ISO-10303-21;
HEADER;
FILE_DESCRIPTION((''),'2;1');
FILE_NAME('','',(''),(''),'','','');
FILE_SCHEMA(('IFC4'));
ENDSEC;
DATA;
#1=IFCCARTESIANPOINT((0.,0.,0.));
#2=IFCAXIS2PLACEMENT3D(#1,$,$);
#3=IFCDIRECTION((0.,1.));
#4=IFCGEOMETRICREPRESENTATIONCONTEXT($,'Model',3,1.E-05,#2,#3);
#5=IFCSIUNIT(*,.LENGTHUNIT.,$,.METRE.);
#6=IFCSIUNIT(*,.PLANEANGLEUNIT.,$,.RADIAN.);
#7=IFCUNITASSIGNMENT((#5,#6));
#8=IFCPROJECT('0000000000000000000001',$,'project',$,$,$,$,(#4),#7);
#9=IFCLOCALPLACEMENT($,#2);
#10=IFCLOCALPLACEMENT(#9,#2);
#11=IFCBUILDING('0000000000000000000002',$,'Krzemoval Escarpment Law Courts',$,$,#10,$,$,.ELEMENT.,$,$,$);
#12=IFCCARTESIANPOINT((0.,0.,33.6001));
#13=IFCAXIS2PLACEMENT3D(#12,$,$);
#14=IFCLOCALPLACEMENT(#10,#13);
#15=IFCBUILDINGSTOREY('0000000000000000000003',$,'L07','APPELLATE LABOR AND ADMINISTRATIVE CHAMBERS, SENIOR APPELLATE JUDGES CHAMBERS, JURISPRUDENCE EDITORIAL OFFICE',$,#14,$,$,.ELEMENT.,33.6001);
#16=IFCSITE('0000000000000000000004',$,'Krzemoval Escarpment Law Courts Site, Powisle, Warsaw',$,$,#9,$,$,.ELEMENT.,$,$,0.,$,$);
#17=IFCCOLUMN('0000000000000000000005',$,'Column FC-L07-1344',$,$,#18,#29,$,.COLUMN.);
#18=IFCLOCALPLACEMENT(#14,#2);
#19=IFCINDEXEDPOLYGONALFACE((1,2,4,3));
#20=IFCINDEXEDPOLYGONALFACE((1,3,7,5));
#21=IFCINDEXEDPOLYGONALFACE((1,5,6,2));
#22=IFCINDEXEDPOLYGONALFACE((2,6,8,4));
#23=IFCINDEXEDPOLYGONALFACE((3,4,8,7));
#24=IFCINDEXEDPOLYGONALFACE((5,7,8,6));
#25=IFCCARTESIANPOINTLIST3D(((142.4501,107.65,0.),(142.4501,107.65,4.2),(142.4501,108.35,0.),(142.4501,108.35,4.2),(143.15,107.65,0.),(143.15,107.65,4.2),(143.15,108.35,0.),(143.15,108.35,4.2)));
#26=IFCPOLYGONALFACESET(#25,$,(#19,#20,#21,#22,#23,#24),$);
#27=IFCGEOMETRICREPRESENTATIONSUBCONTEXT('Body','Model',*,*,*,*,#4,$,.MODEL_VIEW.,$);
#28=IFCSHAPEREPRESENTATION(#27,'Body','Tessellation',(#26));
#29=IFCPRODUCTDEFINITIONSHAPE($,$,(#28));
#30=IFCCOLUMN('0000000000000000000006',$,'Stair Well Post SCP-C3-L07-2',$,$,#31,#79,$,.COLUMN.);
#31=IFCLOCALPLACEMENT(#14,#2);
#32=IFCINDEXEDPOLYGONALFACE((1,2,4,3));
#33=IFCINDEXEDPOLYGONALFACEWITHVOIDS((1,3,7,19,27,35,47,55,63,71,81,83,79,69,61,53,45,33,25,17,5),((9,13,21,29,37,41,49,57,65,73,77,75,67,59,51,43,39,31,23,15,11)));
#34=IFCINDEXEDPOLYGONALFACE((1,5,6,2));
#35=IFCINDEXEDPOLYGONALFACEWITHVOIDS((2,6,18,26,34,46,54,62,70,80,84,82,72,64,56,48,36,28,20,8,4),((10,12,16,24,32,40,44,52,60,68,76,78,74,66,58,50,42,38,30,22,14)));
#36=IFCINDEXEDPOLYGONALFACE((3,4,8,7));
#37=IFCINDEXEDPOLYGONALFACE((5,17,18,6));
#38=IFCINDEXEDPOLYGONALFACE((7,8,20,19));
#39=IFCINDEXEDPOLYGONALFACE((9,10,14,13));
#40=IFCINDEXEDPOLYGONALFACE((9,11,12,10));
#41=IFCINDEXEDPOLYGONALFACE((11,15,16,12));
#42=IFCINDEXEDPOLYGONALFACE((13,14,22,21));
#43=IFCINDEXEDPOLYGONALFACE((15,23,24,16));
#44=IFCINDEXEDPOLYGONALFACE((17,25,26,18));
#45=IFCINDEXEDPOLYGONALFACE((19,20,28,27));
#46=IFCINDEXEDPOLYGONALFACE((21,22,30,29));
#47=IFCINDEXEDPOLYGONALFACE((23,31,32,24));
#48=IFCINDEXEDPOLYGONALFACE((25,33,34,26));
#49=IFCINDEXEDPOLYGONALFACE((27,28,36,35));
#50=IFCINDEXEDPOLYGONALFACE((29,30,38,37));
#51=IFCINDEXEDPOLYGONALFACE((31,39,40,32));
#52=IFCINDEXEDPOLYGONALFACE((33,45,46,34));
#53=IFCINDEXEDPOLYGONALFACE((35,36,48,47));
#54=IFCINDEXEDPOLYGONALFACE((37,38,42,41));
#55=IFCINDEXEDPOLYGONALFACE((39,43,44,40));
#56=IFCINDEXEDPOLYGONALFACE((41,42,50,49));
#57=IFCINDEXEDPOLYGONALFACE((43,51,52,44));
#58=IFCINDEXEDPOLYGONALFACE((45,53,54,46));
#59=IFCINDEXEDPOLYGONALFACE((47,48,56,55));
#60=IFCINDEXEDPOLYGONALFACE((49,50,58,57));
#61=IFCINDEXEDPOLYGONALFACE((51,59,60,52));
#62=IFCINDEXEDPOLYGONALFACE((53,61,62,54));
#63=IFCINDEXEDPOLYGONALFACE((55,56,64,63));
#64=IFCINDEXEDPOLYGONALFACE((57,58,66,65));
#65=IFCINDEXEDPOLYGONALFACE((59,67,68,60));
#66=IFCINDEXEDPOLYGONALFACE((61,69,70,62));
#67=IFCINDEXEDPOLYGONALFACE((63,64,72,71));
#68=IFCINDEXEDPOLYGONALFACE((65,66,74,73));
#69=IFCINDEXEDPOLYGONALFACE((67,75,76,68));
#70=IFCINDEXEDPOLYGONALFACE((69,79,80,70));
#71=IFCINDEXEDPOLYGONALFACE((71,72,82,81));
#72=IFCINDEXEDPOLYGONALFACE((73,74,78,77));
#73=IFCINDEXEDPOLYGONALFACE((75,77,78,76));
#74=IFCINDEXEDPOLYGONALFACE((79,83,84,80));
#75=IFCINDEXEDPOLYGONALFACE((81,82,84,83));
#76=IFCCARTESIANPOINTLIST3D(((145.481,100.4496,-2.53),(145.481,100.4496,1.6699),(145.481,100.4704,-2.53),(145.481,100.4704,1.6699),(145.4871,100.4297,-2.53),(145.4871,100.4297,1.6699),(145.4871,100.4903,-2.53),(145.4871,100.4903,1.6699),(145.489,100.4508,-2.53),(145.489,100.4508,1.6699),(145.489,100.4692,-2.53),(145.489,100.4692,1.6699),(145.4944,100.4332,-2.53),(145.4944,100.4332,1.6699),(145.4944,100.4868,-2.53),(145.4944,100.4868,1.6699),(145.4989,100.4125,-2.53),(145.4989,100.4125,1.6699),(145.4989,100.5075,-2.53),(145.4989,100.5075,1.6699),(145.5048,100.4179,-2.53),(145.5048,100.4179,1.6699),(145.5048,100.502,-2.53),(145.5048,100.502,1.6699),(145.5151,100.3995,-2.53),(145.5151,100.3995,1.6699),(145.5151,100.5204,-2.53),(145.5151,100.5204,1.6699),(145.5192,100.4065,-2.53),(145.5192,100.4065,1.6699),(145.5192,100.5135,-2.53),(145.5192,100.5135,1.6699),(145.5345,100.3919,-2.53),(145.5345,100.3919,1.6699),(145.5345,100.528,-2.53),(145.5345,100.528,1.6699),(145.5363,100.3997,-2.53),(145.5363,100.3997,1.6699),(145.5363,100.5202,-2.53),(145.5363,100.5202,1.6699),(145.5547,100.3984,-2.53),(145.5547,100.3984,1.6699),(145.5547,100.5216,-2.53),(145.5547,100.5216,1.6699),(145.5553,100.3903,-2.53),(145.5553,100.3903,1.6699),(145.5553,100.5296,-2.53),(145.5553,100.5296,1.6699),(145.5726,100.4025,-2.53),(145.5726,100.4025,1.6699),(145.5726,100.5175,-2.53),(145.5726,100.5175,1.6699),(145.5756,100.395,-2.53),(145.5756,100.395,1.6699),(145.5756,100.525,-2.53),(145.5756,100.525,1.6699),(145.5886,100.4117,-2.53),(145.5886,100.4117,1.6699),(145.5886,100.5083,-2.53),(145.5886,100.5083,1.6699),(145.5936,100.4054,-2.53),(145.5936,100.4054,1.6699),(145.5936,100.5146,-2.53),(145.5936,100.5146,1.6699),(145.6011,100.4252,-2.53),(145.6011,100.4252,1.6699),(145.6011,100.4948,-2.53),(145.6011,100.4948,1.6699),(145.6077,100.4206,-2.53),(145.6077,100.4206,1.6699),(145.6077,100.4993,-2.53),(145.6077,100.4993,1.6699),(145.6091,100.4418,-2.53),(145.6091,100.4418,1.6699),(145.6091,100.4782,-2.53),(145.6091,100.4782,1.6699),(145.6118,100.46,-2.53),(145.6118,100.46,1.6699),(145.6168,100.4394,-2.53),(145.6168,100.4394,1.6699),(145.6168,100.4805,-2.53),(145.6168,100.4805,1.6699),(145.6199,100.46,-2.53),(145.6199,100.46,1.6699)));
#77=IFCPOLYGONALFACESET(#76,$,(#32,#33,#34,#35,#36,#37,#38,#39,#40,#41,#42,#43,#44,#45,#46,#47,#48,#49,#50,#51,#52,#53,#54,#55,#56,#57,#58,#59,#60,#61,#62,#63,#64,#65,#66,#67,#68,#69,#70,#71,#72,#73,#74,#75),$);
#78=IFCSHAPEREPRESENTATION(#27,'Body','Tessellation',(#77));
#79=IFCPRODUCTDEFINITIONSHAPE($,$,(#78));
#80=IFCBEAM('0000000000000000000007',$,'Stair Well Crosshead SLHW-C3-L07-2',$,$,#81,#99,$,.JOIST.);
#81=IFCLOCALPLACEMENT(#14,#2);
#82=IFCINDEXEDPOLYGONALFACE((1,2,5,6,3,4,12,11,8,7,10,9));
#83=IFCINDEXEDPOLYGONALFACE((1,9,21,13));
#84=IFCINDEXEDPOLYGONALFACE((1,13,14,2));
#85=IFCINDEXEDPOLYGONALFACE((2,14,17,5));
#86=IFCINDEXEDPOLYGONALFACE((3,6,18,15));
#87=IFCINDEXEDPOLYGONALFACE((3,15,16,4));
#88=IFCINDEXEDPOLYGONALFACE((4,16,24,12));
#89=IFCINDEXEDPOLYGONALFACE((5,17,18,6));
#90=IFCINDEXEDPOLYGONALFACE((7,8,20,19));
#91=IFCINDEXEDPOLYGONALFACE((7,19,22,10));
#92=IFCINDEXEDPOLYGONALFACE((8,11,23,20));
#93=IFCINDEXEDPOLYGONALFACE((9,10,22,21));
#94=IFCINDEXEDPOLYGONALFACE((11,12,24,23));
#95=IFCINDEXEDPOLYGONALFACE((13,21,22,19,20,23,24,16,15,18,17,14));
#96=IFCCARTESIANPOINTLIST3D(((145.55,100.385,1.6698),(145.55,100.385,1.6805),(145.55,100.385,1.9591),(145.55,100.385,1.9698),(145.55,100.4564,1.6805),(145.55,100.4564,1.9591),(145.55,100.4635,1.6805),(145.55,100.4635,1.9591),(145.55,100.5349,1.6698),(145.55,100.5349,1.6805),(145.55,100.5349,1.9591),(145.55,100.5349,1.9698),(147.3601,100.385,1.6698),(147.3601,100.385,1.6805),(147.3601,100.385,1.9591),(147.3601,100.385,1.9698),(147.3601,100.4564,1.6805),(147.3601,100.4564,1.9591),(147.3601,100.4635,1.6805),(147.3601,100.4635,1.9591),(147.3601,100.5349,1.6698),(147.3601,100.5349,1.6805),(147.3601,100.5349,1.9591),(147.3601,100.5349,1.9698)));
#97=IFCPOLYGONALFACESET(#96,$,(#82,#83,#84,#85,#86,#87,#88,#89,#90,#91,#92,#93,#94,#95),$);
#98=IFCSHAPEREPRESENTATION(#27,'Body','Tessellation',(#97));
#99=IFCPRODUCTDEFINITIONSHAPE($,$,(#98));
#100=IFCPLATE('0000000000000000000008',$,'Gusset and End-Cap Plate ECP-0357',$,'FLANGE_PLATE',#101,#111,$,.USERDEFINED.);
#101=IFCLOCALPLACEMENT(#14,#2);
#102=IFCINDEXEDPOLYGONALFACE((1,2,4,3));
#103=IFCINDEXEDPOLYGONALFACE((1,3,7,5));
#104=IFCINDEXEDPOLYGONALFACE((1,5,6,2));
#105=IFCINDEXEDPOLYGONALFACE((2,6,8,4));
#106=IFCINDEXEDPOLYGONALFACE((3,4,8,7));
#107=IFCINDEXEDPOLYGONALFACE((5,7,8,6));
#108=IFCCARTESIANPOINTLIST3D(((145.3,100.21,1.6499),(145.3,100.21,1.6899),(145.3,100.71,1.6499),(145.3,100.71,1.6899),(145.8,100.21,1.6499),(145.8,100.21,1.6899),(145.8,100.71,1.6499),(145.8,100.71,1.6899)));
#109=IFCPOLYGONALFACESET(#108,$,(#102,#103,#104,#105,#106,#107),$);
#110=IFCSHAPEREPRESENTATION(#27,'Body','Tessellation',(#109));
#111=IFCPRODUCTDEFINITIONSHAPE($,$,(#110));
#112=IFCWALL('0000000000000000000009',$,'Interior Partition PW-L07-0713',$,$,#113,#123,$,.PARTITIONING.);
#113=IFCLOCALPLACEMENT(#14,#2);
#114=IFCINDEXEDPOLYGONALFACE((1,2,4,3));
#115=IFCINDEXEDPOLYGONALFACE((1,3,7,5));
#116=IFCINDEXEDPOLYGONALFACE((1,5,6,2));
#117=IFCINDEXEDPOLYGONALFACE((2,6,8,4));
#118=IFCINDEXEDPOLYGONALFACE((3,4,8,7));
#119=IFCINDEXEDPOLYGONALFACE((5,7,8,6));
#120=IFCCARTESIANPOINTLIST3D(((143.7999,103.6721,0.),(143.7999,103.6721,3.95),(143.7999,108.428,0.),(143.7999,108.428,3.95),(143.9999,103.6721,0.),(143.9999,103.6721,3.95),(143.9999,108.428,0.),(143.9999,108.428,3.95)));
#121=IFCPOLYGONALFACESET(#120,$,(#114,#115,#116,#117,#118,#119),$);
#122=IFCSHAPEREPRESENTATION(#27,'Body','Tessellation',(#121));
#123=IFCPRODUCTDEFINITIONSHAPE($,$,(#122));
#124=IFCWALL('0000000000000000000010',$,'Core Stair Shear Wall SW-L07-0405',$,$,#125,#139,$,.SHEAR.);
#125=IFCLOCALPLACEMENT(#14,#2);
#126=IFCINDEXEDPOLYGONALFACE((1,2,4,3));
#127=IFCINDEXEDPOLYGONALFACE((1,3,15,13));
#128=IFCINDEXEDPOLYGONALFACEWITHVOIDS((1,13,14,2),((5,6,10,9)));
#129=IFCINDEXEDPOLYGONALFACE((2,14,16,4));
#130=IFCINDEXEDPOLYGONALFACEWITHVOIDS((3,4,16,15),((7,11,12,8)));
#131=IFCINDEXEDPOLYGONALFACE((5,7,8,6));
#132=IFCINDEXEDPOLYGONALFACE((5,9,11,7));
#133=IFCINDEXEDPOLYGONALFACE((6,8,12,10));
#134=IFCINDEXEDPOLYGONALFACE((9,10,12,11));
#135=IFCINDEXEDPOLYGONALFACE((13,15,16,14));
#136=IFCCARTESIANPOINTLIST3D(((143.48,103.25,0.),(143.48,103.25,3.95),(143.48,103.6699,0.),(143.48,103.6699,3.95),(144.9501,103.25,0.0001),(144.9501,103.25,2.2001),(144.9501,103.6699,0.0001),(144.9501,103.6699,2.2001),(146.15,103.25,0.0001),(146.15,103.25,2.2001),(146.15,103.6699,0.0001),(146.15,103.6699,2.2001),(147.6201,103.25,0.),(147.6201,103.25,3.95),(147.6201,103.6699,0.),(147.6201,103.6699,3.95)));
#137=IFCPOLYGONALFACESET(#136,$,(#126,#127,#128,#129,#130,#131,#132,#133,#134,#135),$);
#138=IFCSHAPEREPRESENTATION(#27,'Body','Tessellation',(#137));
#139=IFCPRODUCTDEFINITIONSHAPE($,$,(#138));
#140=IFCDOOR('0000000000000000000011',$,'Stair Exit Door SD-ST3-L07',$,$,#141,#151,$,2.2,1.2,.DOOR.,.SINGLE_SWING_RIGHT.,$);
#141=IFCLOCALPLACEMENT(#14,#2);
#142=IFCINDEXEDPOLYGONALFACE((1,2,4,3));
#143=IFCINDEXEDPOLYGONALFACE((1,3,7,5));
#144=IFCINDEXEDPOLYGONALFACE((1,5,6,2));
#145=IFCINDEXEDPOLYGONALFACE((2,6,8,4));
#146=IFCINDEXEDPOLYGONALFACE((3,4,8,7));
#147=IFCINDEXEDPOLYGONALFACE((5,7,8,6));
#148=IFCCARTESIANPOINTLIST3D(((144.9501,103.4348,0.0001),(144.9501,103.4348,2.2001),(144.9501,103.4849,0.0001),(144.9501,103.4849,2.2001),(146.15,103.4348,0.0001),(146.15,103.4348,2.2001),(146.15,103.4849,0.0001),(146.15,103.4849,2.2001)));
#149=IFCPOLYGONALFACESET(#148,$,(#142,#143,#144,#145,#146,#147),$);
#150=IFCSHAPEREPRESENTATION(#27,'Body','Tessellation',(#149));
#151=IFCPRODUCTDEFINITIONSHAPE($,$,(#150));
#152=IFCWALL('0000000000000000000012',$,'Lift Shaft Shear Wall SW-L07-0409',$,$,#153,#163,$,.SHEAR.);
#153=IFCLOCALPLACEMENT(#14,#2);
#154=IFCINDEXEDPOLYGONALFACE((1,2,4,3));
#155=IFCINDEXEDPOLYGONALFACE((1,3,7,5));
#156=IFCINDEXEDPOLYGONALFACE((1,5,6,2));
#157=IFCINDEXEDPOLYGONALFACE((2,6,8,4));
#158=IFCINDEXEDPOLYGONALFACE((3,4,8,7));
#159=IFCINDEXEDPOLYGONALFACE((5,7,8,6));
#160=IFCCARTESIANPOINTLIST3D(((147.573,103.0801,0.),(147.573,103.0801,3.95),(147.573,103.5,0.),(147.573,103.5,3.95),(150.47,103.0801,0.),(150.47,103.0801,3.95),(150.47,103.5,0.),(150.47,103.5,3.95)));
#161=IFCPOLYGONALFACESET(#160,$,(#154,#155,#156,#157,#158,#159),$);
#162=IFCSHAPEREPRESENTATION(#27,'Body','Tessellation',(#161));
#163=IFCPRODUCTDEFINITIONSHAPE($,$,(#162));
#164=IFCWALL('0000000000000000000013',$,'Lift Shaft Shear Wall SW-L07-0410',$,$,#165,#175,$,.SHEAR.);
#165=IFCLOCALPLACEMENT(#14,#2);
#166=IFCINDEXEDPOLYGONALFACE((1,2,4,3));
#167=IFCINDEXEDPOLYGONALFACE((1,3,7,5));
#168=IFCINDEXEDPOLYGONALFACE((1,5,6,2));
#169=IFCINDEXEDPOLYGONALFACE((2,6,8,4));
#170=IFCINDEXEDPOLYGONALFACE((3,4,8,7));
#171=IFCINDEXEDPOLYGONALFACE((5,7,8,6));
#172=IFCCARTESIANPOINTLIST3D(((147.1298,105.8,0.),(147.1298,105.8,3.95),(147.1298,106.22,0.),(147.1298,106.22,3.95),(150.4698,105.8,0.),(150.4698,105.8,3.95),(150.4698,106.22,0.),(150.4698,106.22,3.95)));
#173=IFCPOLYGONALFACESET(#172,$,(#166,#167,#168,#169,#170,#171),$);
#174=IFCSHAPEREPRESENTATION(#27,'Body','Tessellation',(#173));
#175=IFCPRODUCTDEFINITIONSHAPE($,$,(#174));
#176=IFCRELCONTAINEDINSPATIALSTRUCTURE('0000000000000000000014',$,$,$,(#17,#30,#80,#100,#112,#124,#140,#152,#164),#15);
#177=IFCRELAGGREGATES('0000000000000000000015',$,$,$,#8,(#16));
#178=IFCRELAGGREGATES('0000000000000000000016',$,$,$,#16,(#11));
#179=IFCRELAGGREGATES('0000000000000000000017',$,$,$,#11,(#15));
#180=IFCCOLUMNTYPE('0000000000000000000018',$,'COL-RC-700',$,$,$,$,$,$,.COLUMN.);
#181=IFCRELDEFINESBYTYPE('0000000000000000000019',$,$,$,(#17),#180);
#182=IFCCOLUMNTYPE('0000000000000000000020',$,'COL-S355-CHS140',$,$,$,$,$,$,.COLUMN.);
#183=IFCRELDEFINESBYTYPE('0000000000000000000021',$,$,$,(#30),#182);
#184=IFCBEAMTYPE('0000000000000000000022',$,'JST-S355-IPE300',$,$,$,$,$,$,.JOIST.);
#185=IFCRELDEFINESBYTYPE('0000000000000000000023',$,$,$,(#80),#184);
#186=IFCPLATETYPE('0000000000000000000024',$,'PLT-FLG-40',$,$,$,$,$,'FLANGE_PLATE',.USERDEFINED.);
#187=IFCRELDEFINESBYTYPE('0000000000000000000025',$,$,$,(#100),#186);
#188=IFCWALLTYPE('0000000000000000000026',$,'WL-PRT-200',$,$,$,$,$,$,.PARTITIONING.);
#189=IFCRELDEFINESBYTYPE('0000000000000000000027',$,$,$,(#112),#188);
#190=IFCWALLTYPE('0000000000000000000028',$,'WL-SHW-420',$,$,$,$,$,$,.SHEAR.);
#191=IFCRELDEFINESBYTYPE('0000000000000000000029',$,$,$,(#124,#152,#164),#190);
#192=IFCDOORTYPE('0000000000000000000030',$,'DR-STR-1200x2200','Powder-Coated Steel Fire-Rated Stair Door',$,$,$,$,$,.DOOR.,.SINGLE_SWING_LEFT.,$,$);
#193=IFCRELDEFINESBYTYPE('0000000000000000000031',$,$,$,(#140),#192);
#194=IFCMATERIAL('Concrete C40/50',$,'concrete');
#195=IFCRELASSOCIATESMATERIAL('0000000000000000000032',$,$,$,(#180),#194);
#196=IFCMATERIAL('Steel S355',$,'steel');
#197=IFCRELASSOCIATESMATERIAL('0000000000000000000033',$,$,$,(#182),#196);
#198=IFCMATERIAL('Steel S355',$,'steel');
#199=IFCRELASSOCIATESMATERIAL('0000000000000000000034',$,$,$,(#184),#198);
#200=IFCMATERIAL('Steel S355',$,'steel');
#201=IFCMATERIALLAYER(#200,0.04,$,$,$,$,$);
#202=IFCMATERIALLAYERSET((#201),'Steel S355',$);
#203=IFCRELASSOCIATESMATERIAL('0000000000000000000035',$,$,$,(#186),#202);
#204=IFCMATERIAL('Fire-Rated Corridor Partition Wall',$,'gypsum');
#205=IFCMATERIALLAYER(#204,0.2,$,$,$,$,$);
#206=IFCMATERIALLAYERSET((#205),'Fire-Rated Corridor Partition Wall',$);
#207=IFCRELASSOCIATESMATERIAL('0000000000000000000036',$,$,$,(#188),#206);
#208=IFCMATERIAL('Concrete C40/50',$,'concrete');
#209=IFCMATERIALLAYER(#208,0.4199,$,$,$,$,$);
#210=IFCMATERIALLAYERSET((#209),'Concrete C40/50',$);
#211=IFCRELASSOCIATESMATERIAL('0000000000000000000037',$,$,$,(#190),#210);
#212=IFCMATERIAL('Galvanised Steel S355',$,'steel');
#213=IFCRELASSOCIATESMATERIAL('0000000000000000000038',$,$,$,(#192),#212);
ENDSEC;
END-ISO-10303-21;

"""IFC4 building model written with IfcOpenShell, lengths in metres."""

from ifc_helpers import new_model, si_unit, direction, frame, frame_2d, origin, origin_2d, place, context, subcontext, project, spatial, rectangle, hollow_circle, i_section, extrude, material, layer, layer_set, material_profile, profile_set, type_object, element, fill, save


model = new_model("IFC4")

# Units and contexts
model_context = context("Model", 3, precision=1e-05, world=origin(), true_north=direction((0.0, 1.0)))
body_context = subcontext(model_context, "Body", "Model", "MODEL_VIEW")
ifc_project = project(units=[si_unit("LENGTHUNIT", "METRE"), si_unit("PLANEANGLEUNIT", "RADIAN")], contexts=[model_context])

# Site, building, storey
site_placement = place(None, origin())
site = spatial("IfcSite", under=ifc_project, at=site_placement, Name="Krzemoval Escarpment Law Courts Site, Powisle, Warsaw", CompositionType="ELEMENT", RefElevation=0.0)
building_placement = place(site_placement, origin())
building = spatial("IfcBuilding", under=site, at=building_placement, Name="Krzemoval Escarpment Law Courts", CompositionType="ELEMENT")
storey_placement = place(building_placement, frame((0.0, 0.0, 33.6001)))
storey = spatial("IfcBuildingStorey", under=building, at=storey_placement, Name="L07", Description="APPELLATE LABOR AND ADMINISTRATIVE CHAMBERS, SENIOR APPELLATE JUDGES CHAMBERS, JURISPRUDENCE EDITORIAL OFFICE", CompositionType="ELEMENT", Elevation=33.6001)

# Columns
ifc_material_1 = material(Name="Concrete C40/50", Category="concrete")
ifc_material_profile_1 = material_profile(ifc_material_1, rectangle(XDim=0.7, YDim=0.7, at=origin_2d()), Name="RC 700x700")
ifc_profile_set_1 = profile_set([ifc_material_profile_1], Name="Concrete C40/50")
column_type_1 = type_object("IfcColumnType", Name="COL-RC-700", PredefinedType="COLUMN", material=ifc_profile_set_1)
column_1_placement = place(storey_placement, frame((142.8, 108.0, 0.0), z_axis=(0.0, 0.0, 1.0), x_axis=(1.0, 0.0, 0.0)))
element("IfcColumn", 1, at=column_1_placement, inside=storey, type_object=column_type_1, Name="Column FC-L07-1344", PredefinedType="COLUMN", context=body_context, shape_type="SweptSolid", body=[
    extrude(rectangle(XDim=0.7, YDim=0.7, at=origin_2d()), origin(), (0.0, 0.0, 1.0), 4.2),
])
ifc_material_2 = material(Name="Steel S355", Category="steel")
ifc_material_profile_2 = material_profile(ifc_material_2, hollow_circle(Radius=0.0698, WallThickness=0.0081, at=origin_2d()), Name="CHS 139.7x8")
ifc_profile_set_2 = profile_set([ifc_material_profile_2], Name="Steel S355")
column_type_2 = type_object("IfcColumnType", Name="COL-S355-CHS140", PredefinedType="COLUMN", material=ifc_profile_set_2)
column_2_placement = place(storey_placement, frame((145.55, 100.46, -2.53), z_axis=(0.0, 0.0, 1.0), x_axis=(1.0, 0.0, 0.0)))
element("IfcColumn", 2, at=column_2_placement, inside=storey, type_object=column_type_2, Name="Stair Well Post SCP-C3-L07-2", PredefinedType="COLUMN", context=body_context, shape_type="SweptSolid", body=[
    extrude(hollow_circle(Radius=0.0698, WallThickness=0.0081, at=origin_2d()), origin(), (0.0, 0.0, 1.0), 4.2),
])

# Beam
ifc_material_3 = material(Name="Steel S355", Category="steel")
ifc_material_profile_3 = material_profile(ifc_material_3, i_section(OverallWidth=0.1499, OverallDepth=0.3, WebThickness=0.0071, FlangeThickness=0.0107, at=origin_2d()), Name="IPE 300")
ifc_profile_set_3 = profile_set([ifc_material_profile_3], Name="Steel S355")
beam_type = type_object("IfcBeamType", Name="JST-S355-IPE300", PredefinedType="JOIST", material=ifc_profile_set_3)
beam_placement = place(storey_placement, frame((145.55, 100.46, 1.8198), z_axis=(1.0, 0.0, 0.0), x_axis=(0.0, 1.0, 0.0)))
element("IfcBeam", 3, at=beam_placement, inside=storey, type_object=beam_type, Name="Stair Well Crosshead SLHW-C3-L07-2", PredefinedType="JOIST", context=body_context, shape_type="SweptSolid", body=[
    extrude(i_section(OverallWidth=0.1499, OverallDepth=0.3, WebThickness=0.0071, FlangeThickness=0.0107, at=origin_2d()), origin(), (0.0, 0.0, 1.0), 1.8101),
])

# Plate
ifc_material_4 = material(Name="Steel S355", Category="steel")
ifc_layer_1 = layer(ifc_material_4, 0.04)
ifc_layer_set_1 = layer_set([ifc_layer_1], Name="Steel S355")
plate_type = type_object("IfcPlateType", Name="PLT-FLG-40", ElementType="FLANGE_PLATE", PredefinedType="USERDEFINED", material=ifc_layer_set_1)
plate_placement = place(storey_placement, frame((145.55, 100.46, 1.6499), z_axis=(0.0, 0.0, 1.0), x_axis=(1.0, 0.0, 0.0)))
element("IfcPlate", 4, at=plate_placement, inside=storey, type_object=plate_type, Name="Gusset and End-Cap Plate ECP-0357", ObjectType="FLANGE_PLATE", PredefinedType="USERDEFINED", context=body_context, shape_type="SweptSolid", body=[
    extrude(rectangle(XDim=0.5, YDim=0.5, at=origin_2d()), origin(), (0.0, 0.0, 1.0), 0.04),
])

# Wall
ifc_material_5 = material(Name="Fire-Rated Corridor Partition Wall", Category="gypsum")
ifc_layer_2 = layer(ifc_material_5, 0.2)
ifc_layer_set_2 = layer_set([ifc_layer_2], Name="Fire-Rated Corridor Partition Wall")
wall_type_1 = type_object("IfcWallType", Name="WL-PRT-200", PredefinedType="PARTITIONING", material=ifc_layer_set_2)
wall_1_placement = place(storey_placement, frame((143.8999, 103.6721, 0.0), z_axis=(0.0, 0.0, 1.0), x_axis=(0.0, 1.0, 0.0)))
element("IfcWall", 5, at=wall_1_placement, inside=storey, type_object=wall_type_1, Name="Interior Partition PW-L07-0713", PredefinedType="PARTITIONING", context=body_context, shape_type="SweptSolid", body=[
    extrude(rectangle(XDim=4.7559, YDim=0.2, at=frame_2d((2.3779, 0.0))), origin(), (0.0, 0.0, 1.0), 3.95),
])

# Wall, opening, door
ifc_material_6 = material(Name="Concrete C40/50", Category="concrete")
ifc_layer_3 = layer(ifc_material_6, 0.4199)
ifc_layer_set_3 = layer_set([ifc_layer_3], Name="Concrete C40/50")
wall_type_2 = type_object("IfcWallType", Name="WL-SHW-420", PredefinedType="SHEAR", material=ifc_layer_set_3)
wall_2_placement = place(storey_placement, frame((143.48, 103.46, 0.0), z_axis=(0.0, 0.0, 1.0), x_axis=(1.0, 0.0, 0.0)))
wall_2 = element("IfcWall", 6, at=wall_2_placement, inside=storey, type_object=wall_type_2, Name="Core Stair Shear Wall SW-L07-0405", PredefinedType="SHEAR", context=body_context, shape_type="SweptSolid", body=[
    extrude(rectangle(XDim=4.1401, YDim=0.4199, at=frame_2d((2.0701, 0.0))), origin(), (0.0, 0.0, 1.0), 3.95),
])
opening_1_placement = place(wall_2_placement, frame((1.47, 0.0, 0.0)))
opening_1 = element("IfcOpeningElement", 7, at=opening_1_placement, cuts=wall_2, PredefinedType="OPENING", context=body_context, shape_type="SweptSolid", body=[
    extrude(rectangle(XDim=1.2, YDim=2.2, at=frame_2d((0.6001, 1.1001))), frame((0.0, 0.225, 0.0), z_axis=(0.0, -1.0, 0.0), x_axis=(1.0, 0.0, 0.0)), (0.0, 0.0, 1.0), 0.4499),
])
ifc_material_7 = material(Name="Galvanised Steel S355", Category="steel")
door_type_1 = type_object("IfcDoorType", Name="DR-STR-1200x2200", Description="Powder-Coated Steel Fire-Rated Stair Door", OperationType="SINGLE_SWING_LEFT", PredefinedType="DOOR", material=ifc_material_7)
door_1_placement = place(opening_1_placement, origin())
door_1 = element("IfcDoor", 8, at=door_1_placement, inside=storey, type_object=door_type_1, Name="Stair Exit Door SD-ST3-L07", OperationType="SINGLE_SWING_RIGHT", OverallHeight=2.2, OverallWidth=1.2, PredefinedType="DOOR", context=body_context, shape_type="SweptSolid", body=[
    extrude(rectangle(XDim=1.2, YDim=2.2, at=frame_2d((0.6001, 1.1001))), frame((0.0, 0.0249, 0.0), z_axis=(0.0, -1.0, 0.0), x_axis=(1.0, 0.0, 0.0)), (0.0, 0.0, 1.0), 0.05),
])
fill(opening_1, door_1)

# Walls
wall_3_placement = place(storey_placement, frame((147.573, 103.29, 0.0), z_axis=(0.0, 0.0, 1.0), x_axis=(1.0, 0.0, 0.0)))
element("IfcWall", 9, at=wall_3_placement, inside=storey, type_object=wall_type_2, Name="Lift Shaft Shear Wall SW-L07-0409", PredefinedType="SHEAR", context=body_context, shape_type="SweptSolid", body=[
    extrude(rectangle(XDim=2.897, YDim=0.4199, at=frame_2d((1.4485, 0.0))), origin(), (0.0, 0.0, 1.0), 3.95),
])
wall_4_placement = place(storey_placement, frame((147.1299, 106.01, 0.0), z_axis=(0.0, 0.0, 1.0), x_axis=(1.0, 0.0, 0.0)))
element("IfcWall", 10, at=wall_4_placement, inside=storey, type_object=wall_type_2, Name="Lift Shaft Shear Wall SW-L07-0410", PredefinedType="SHEAR", context=body_context, shape_type="SweptSolid", body=[
    extrude(rectangle(XDim=3.3401, YDim=0.4199, at=frame_2d((1.6699, 0.0))), origin(), (0.0, 0.0, 1.0), 3.95),
])

save(model, "model.ifc")
